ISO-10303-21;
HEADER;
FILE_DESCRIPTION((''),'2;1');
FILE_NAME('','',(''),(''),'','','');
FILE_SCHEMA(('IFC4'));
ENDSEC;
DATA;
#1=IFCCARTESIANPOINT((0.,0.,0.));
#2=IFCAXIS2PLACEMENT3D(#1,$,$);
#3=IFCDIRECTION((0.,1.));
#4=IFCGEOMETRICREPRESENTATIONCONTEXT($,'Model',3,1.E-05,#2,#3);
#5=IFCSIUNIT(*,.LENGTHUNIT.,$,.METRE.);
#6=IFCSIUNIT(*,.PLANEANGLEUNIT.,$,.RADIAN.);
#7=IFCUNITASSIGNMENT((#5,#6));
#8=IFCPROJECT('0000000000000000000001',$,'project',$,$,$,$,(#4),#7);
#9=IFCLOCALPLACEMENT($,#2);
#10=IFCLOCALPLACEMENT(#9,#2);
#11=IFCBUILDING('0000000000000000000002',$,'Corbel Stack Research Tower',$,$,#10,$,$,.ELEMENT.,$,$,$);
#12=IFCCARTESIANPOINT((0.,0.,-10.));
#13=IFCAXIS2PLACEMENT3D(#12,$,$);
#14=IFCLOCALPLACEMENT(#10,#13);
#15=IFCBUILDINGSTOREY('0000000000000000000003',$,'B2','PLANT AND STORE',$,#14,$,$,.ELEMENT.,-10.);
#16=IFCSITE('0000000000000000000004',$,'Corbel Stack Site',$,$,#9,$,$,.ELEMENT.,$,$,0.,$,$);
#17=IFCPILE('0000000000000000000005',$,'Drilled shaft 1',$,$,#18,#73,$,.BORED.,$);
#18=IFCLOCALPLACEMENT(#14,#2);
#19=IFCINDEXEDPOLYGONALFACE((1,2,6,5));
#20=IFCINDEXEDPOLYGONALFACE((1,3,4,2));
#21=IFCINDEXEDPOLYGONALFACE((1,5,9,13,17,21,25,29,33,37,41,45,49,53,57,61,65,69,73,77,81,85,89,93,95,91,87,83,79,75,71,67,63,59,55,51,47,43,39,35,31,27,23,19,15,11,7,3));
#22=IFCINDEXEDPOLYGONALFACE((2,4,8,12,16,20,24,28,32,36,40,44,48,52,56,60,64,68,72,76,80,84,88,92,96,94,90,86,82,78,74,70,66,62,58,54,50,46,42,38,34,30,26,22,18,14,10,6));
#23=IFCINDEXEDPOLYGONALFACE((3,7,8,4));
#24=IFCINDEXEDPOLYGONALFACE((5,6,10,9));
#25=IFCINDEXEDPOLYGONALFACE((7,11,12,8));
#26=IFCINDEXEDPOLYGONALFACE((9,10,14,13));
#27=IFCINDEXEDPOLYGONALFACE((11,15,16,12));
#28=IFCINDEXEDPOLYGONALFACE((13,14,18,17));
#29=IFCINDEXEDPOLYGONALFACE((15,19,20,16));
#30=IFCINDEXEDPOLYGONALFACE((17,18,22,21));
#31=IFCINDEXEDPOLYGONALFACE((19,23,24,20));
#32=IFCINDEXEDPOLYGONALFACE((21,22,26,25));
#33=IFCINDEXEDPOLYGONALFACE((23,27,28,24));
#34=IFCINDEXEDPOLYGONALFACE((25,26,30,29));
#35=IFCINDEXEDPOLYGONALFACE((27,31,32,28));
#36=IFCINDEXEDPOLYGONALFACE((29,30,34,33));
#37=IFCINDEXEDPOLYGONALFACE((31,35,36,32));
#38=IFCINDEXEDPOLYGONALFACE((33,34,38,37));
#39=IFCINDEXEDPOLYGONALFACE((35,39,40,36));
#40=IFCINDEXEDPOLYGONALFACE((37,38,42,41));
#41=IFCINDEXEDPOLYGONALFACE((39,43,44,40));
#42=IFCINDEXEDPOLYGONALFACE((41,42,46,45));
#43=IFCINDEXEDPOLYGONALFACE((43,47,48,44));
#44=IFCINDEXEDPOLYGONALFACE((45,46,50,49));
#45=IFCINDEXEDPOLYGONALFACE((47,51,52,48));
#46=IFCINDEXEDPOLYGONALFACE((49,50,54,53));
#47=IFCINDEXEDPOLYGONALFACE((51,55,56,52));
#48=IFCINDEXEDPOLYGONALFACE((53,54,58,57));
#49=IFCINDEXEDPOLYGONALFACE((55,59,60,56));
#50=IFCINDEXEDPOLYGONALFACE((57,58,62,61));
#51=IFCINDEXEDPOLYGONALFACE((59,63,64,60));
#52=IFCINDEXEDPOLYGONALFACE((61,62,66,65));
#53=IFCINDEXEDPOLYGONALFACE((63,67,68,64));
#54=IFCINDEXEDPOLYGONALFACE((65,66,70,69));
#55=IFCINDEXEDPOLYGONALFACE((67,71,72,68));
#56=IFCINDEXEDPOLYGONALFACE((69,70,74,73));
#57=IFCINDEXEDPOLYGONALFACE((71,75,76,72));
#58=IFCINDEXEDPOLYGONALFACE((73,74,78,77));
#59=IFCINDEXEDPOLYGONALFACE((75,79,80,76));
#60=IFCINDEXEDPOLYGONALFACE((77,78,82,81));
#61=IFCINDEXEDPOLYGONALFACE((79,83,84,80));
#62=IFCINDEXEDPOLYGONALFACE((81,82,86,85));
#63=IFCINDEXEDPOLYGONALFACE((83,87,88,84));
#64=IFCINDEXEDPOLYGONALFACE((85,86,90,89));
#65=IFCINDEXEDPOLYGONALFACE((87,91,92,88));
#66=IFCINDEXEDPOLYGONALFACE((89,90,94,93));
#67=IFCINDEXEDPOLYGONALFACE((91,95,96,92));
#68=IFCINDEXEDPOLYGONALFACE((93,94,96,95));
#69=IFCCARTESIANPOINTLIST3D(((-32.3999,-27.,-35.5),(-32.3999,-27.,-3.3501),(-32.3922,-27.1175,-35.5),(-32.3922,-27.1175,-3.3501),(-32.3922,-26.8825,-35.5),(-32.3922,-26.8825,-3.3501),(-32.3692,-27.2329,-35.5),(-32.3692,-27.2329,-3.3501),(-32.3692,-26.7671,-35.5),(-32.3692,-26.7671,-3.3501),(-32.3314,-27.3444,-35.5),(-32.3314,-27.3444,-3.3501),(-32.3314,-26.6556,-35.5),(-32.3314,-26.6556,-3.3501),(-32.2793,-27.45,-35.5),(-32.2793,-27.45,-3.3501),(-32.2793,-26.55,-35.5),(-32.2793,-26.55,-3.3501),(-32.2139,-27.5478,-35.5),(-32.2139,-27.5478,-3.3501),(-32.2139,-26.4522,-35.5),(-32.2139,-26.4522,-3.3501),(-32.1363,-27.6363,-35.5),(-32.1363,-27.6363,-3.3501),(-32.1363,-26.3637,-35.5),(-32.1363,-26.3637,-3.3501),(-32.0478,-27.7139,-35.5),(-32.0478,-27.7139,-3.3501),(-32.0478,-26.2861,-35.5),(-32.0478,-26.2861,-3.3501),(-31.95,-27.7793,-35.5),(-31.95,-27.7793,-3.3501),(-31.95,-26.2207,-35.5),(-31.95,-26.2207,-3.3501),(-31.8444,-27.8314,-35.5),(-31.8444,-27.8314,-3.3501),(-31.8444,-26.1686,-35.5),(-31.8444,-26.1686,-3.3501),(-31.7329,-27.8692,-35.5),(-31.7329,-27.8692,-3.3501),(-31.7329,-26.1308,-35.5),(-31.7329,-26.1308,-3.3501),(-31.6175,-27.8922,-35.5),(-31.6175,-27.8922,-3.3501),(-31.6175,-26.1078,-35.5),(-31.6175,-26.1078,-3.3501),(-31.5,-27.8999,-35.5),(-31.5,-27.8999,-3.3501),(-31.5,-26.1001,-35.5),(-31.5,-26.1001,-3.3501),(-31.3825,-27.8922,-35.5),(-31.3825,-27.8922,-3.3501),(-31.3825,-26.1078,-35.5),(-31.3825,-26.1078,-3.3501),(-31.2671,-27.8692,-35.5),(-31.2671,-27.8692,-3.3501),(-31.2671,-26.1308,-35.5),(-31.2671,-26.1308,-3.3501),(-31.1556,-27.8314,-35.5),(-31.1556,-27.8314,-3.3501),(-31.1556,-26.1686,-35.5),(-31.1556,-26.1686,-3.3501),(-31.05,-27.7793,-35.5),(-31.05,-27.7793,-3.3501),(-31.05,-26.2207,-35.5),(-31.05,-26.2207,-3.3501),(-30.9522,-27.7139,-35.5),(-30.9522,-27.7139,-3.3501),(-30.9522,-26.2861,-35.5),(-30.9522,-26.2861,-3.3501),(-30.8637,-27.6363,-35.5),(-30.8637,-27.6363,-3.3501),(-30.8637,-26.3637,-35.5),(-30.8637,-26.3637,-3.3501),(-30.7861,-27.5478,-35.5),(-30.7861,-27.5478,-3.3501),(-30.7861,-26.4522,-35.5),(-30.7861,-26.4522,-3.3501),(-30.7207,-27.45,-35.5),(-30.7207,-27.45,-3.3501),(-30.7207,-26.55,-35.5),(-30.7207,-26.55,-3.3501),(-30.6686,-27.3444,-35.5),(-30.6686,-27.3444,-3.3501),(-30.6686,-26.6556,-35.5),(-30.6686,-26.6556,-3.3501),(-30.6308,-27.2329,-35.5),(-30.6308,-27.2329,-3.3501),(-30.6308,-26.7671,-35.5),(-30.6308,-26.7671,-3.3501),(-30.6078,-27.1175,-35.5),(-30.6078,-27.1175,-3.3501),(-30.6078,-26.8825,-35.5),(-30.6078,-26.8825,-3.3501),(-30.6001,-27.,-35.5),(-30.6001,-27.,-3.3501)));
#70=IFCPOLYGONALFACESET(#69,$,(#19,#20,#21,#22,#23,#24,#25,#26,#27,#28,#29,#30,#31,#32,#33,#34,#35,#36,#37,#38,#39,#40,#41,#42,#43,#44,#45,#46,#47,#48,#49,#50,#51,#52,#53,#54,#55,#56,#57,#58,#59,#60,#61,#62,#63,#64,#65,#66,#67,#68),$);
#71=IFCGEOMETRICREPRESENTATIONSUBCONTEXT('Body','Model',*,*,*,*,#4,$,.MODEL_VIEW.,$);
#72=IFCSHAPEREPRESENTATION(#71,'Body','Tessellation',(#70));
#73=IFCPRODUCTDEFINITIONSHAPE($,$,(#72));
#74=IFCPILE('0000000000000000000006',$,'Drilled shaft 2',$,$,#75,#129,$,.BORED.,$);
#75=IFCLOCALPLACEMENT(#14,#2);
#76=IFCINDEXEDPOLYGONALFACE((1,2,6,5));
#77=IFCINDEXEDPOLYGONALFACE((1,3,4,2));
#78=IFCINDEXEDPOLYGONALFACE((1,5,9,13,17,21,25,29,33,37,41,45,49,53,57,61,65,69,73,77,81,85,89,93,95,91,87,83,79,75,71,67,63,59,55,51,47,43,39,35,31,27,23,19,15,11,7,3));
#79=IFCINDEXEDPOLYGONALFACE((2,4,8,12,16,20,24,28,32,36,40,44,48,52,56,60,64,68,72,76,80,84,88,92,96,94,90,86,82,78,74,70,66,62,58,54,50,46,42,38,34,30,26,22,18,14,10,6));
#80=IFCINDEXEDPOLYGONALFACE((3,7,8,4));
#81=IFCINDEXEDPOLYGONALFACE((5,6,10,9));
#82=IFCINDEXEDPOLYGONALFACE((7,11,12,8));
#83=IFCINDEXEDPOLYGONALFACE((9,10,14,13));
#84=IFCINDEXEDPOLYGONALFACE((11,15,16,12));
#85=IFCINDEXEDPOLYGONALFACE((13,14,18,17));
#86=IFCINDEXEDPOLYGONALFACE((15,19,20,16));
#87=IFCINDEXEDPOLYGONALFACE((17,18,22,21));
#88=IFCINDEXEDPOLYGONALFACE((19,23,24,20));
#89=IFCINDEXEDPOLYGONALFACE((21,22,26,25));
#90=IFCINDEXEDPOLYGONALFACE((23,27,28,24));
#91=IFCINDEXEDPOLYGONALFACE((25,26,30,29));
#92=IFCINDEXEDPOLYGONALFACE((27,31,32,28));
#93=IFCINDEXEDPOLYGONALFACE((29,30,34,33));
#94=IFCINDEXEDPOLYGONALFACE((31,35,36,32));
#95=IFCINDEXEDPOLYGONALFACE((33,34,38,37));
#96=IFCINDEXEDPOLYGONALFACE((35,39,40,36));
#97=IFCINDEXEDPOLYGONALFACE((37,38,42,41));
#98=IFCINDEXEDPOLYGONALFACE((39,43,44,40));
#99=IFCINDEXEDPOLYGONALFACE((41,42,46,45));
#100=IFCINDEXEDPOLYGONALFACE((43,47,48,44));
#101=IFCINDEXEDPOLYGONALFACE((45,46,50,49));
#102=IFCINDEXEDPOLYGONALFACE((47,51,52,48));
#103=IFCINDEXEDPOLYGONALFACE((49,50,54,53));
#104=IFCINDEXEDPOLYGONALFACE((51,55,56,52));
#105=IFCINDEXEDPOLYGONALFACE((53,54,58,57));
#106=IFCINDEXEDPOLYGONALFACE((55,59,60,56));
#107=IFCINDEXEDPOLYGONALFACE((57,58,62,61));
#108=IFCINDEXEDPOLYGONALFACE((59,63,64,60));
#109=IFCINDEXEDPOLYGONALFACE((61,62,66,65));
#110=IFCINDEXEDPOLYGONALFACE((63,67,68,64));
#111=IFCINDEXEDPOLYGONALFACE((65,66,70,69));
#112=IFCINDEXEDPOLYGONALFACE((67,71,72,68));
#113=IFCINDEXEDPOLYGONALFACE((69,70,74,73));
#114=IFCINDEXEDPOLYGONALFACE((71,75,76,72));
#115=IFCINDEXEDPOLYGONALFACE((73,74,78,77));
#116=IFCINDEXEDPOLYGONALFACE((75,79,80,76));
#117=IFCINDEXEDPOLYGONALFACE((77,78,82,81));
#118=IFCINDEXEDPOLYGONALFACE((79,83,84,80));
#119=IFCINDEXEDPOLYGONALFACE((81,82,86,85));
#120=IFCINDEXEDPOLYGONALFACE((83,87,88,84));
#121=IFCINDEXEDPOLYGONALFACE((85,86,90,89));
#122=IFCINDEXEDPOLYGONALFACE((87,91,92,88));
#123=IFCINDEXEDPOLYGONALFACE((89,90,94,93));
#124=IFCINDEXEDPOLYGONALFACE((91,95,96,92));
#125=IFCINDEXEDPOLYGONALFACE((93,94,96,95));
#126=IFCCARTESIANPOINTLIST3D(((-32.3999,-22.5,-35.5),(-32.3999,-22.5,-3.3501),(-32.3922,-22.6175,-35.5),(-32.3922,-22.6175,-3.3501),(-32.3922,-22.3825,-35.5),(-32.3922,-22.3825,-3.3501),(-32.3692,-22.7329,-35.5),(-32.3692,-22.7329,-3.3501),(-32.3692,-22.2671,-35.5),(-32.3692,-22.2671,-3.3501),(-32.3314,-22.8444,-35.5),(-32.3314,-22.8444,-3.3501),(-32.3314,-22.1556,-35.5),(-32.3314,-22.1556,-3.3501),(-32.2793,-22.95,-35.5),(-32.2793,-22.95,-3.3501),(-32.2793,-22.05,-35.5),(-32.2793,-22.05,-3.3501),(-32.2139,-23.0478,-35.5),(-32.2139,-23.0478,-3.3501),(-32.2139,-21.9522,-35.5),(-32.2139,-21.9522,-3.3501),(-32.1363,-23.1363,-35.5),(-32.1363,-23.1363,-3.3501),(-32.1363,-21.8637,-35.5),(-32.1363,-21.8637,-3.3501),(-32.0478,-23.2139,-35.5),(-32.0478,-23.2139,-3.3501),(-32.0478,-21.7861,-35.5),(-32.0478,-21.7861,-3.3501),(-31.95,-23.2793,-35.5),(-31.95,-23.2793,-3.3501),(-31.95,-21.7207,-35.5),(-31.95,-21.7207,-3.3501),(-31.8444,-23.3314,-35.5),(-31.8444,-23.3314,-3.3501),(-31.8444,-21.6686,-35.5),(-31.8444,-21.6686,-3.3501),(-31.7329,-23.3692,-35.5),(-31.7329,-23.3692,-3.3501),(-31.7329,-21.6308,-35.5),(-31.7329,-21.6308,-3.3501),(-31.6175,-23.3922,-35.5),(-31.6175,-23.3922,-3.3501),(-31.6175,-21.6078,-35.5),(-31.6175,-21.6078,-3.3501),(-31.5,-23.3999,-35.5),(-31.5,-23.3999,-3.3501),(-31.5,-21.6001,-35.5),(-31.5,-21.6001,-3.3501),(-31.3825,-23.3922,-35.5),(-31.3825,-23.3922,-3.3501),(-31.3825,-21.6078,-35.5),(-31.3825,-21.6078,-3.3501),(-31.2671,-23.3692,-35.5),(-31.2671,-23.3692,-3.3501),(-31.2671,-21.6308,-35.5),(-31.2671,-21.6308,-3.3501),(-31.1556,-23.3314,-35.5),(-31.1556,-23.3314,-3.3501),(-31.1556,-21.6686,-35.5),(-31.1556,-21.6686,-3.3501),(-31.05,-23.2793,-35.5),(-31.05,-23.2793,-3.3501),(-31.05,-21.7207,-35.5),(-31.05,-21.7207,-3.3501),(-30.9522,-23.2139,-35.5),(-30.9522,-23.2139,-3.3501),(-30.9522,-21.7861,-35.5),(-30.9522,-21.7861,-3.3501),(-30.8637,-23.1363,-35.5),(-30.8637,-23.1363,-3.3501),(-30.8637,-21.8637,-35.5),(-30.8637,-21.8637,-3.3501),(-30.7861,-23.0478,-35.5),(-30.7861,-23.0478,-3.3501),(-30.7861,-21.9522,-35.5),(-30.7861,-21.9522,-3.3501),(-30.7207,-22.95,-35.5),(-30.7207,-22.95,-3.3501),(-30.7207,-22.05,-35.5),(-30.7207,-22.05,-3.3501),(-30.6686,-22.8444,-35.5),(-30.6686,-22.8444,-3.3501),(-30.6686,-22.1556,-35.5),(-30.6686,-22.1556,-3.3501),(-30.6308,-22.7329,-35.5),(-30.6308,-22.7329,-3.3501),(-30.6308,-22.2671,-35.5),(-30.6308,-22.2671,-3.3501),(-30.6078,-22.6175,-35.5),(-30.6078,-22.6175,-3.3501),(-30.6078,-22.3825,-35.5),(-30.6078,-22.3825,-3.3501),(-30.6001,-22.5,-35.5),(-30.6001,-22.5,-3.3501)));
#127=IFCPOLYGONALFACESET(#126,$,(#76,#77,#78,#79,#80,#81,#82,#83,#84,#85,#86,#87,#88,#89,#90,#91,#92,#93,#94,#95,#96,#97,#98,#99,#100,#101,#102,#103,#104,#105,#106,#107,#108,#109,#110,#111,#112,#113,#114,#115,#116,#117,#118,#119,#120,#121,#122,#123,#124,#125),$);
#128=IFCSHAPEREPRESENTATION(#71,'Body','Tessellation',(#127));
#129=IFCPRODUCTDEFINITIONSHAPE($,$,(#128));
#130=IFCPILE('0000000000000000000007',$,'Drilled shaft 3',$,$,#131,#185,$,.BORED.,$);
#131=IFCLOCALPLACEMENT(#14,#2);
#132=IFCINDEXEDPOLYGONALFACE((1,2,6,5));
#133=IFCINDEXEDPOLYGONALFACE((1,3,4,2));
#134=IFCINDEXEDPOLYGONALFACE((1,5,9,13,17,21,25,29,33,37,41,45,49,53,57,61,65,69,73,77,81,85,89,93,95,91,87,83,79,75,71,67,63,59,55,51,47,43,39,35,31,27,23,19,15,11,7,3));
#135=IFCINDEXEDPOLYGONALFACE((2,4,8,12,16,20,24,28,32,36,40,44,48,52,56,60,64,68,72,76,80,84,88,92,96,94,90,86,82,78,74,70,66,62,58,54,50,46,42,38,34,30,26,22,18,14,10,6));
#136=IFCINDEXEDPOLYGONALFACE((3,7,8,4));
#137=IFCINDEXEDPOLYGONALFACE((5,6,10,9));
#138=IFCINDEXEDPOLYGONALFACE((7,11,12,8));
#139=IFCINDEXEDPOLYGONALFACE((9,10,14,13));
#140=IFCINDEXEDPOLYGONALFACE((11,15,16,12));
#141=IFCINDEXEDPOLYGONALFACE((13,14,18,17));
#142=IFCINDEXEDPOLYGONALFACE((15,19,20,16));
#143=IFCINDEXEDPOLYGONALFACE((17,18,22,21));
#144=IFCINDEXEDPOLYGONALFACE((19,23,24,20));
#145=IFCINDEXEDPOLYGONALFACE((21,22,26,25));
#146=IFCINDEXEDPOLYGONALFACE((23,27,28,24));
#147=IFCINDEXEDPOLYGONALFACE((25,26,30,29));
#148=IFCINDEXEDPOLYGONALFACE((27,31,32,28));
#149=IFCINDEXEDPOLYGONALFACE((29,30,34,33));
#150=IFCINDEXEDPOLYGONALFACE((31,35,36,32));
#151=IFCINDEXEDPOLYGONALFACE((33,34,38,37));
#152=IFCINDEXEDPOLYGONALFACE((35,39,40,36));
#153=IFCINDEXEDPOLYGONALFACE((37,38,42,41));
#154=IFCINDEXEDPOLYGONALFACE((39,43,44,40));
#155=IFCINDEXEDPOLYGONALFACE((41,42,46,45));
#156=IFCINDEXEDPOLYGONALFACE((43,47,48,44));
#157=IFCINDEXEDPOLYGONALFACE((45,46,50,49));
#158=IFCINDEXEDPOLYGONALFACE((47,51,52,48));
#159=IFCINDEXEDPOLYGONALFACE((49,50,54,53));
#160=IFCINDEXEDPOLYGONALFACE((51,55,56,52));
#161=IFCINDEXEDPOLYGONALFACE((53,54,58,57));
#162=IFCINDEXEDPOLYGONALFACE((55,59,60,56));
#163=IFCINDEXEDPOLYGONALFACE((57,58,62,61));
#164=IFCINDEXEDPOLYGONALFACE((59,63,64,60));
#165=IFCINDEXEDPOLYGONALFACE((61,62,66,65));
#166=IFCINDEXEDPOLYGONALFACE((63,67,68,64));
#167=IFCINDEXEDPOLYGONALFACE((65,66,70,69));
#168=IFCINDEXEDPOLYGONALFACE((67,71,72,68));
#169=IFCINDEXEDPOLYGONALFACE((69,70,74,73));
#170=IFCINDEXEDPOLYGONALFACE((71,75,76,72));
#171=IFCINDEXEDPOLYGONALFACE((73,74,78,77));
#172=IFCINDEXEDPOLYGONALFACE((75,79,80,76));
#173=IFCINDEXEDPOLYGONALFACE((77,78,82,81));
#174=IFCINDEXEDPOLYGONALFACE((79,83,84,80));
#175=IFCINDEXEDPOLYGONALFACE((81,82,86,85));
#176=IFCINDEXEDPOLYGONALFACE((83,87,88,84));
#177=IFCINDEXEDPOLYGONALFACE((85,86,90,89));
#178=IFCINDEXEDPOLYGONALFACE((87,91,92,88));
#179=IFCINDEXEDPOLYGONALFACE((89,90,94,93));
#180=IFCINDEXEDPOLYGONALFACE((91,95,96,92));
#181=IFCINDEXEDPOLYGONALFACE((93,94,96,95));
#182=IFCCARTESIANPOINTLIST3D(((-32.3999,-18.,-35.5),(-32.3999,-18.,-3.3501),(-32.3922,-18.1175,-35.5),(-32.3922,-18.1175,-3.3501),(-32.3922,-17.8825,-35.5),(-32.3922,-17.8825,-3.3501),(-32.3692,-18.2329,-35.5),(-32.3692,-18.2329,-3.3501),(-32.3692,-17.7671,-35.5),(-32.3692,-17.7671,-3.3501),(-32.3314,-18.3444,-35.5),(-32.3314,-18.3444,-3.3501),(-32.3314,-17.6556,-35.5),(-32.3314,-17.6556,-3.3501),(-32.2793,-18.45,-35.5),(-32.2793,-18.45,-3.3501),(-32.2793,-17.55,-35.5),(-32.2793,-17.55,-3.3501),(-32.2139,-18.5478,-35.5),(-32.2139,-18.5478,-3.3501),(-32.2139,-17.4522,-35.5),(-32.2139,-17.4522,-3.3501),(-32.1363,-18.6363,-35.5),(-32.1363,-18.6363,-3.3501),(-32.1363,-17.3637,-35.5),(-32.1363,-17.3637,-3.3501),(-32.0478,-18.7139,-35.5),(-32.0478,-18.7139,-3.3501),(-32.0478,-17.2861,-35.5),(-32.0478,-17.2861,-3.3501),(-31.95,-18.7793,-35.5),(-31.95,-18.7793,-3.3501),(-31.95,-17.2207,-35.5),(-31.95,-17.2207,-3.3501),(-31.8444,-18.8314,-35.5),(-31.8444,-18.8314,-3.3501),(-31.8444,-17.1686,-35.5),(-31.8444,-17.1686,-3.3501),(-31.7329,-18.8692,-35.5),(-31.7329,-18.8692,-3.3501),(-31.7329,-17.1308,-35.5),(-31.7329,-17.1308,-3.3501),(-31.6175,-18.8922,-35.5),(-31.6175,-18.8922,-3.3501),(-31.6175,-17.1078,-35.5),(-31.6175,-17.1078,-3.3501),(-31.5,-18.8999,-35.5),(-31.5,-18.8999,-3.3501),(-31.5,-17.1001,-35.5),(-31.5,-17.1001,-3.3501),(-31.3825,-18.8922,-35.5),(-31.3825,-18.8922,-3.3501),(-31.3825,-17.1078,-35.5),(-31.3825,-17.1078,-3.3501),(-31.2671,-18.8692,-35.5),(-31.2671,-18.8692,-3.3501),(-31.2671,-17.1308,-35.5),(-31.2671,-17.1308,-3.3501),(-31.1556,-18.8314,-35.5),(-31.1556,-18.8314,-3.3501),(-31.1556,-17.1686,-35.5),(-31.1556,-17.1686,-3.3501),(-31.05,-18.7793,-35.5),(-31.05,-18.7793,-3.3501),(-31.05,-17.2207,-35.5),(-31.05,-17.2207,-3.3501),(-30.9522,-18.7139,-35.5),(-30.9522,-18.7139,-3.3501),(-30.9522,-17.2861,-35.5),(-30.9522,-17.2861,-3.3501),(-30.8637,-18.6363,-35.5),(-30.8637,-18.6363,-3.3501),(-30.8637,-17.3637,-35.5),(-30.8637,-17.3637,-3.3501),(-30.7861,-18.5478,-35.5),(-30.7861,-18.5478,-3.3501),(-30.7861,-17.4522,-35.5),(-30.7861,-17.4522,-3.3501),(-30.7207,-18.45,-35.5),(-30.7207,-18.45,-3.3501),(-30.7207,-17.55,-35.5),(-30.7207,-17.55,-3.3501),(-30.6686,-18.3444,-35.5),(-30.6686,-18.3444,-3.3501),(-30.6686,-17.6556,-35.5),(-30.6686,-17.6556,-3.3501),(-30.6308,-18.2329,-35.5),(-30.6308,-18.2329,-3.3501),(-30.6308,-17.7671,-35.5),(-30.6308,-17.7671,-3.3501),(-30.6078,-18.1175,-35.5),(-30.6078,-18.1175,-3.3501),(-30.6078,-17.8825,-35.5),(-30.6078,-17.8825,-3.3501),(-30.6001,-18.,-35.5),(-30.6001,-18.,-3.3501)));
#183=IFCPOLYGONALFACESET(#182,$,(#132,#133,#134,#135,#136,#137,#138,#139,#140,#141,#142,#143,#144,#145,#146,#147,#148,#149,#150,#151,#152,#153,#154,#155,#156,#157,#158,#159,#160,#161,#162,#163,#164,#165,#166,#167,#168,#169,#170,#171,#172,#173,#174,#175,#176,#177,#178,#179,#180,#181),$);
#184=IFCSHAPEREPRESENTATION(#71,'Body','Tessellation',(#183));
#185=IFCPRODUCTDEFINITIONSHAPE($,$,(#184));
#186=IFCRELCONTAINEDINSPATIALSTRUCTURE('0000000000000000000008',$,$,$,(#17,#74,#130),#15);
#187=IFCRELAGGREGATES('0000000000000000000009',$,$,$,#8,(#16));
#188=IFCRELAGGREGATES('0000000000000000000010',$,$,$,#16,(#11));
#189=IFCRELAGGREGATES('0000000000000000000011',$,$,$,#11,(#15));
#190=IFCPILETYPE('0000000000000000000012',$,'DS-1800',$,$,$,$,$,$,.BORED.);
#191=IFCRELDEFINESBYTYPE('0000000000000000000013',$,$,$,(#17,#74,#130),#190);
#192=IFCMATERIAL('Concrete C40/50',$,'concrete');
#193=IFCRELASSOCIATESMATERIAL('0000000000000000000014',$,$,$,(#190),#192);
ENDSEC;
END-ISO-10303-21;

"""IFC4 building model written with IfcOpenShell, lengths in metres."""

from ifc_helpers import new_model, si_unit, direction, frame, origin, origin_2d, place, context, subcontext, project, spatial, circle, extrude, material, material_profile, profile_set, type_object, element, save


model = new_model("IFC4")

# Units and contexts
model_context = context("Model", 3, precision=1e-05, world=origin(), true_north=direction((0.0, 1.0)))
body_context = subcontext(model_context, "Body", "Model", "MODEL_VIEW")
ifc_project = project(units=[si_unit("LENGTHUNIT", "METRE"), si_unit("PLANEANGLEUNIT", "RADIAN")], contexts=[model_context])

# Site, building, storey
site_placement = place(None, origin())
site = spatial("IfcSite", under=ifc_project, at=site_placement, Name="Corbel Stack Site", CompositionType="ELEMENT", RefElevation=0.0)
building_placement = place(site_placement, origin())
building = spatial("IfcBuilding", under=site, at=building_placement, Name="Corbel Stack Research Tower", CompositionType="ELEMENT")
storey_placement = place(building_placement, frame((0.0, 0.0, -10.0)))
storey = spatial("IfcBuildingStorey", under=building, at=storey_placement, Name="B2", Description="PLANT AND STORE", CompositionType="ELEMENT", Elevation=-10.0)

# Piles
ifc_material_1 = material(Name="Concrete C40/50", Category="concrete")
ifc_material_profile_1 = material_profile(ifc_material_1, circle(Radius=0.8999, at=origin_2d()), Name="Shaft 1800")
ifc_profile_set_1 = profile_set([ifc_material_profile_1], Name="Concrete C40/50")
pile_type = type_object("IfcPileType", Name="DS-1800", PredefinedType="BORED", material=ifc_profile_set_1)
for number, where, z_axis, x_axis, name in (
    (1, (-31.5, -27.0, -3.3501), (0.0, 0.0, -1.0), (1.0, 0.0, 0.0), "Drilled shaft 1"),
    (2, (-31.5, -22.5, -3.3501), (0.0, 0.0, -1.0), (1.0, 0.0, 0.0), "Drilled shaft 2"),
    (3, (-31.5, -18.0, -3.3501), (0.0, 0.0, -1.0), (1.0, 0.0, 0.0), "Drilled shaft 3"),
):
    element("IfcPile", number, at=place(storey_placement, frame(where, z_axis=z_axis, x_axis=x_axis)), inside=storey, type_object=pile_type, Name=name, PredefinedType="BORED", context=body_context, shape_type="SweptSolid", body=[
        extrude(circle(Radius=0.8999, at=origin_2d()), origin(), (0.0, 0.0, 1.0), 32.1499),
    ])

save(model, "model.ifc")
